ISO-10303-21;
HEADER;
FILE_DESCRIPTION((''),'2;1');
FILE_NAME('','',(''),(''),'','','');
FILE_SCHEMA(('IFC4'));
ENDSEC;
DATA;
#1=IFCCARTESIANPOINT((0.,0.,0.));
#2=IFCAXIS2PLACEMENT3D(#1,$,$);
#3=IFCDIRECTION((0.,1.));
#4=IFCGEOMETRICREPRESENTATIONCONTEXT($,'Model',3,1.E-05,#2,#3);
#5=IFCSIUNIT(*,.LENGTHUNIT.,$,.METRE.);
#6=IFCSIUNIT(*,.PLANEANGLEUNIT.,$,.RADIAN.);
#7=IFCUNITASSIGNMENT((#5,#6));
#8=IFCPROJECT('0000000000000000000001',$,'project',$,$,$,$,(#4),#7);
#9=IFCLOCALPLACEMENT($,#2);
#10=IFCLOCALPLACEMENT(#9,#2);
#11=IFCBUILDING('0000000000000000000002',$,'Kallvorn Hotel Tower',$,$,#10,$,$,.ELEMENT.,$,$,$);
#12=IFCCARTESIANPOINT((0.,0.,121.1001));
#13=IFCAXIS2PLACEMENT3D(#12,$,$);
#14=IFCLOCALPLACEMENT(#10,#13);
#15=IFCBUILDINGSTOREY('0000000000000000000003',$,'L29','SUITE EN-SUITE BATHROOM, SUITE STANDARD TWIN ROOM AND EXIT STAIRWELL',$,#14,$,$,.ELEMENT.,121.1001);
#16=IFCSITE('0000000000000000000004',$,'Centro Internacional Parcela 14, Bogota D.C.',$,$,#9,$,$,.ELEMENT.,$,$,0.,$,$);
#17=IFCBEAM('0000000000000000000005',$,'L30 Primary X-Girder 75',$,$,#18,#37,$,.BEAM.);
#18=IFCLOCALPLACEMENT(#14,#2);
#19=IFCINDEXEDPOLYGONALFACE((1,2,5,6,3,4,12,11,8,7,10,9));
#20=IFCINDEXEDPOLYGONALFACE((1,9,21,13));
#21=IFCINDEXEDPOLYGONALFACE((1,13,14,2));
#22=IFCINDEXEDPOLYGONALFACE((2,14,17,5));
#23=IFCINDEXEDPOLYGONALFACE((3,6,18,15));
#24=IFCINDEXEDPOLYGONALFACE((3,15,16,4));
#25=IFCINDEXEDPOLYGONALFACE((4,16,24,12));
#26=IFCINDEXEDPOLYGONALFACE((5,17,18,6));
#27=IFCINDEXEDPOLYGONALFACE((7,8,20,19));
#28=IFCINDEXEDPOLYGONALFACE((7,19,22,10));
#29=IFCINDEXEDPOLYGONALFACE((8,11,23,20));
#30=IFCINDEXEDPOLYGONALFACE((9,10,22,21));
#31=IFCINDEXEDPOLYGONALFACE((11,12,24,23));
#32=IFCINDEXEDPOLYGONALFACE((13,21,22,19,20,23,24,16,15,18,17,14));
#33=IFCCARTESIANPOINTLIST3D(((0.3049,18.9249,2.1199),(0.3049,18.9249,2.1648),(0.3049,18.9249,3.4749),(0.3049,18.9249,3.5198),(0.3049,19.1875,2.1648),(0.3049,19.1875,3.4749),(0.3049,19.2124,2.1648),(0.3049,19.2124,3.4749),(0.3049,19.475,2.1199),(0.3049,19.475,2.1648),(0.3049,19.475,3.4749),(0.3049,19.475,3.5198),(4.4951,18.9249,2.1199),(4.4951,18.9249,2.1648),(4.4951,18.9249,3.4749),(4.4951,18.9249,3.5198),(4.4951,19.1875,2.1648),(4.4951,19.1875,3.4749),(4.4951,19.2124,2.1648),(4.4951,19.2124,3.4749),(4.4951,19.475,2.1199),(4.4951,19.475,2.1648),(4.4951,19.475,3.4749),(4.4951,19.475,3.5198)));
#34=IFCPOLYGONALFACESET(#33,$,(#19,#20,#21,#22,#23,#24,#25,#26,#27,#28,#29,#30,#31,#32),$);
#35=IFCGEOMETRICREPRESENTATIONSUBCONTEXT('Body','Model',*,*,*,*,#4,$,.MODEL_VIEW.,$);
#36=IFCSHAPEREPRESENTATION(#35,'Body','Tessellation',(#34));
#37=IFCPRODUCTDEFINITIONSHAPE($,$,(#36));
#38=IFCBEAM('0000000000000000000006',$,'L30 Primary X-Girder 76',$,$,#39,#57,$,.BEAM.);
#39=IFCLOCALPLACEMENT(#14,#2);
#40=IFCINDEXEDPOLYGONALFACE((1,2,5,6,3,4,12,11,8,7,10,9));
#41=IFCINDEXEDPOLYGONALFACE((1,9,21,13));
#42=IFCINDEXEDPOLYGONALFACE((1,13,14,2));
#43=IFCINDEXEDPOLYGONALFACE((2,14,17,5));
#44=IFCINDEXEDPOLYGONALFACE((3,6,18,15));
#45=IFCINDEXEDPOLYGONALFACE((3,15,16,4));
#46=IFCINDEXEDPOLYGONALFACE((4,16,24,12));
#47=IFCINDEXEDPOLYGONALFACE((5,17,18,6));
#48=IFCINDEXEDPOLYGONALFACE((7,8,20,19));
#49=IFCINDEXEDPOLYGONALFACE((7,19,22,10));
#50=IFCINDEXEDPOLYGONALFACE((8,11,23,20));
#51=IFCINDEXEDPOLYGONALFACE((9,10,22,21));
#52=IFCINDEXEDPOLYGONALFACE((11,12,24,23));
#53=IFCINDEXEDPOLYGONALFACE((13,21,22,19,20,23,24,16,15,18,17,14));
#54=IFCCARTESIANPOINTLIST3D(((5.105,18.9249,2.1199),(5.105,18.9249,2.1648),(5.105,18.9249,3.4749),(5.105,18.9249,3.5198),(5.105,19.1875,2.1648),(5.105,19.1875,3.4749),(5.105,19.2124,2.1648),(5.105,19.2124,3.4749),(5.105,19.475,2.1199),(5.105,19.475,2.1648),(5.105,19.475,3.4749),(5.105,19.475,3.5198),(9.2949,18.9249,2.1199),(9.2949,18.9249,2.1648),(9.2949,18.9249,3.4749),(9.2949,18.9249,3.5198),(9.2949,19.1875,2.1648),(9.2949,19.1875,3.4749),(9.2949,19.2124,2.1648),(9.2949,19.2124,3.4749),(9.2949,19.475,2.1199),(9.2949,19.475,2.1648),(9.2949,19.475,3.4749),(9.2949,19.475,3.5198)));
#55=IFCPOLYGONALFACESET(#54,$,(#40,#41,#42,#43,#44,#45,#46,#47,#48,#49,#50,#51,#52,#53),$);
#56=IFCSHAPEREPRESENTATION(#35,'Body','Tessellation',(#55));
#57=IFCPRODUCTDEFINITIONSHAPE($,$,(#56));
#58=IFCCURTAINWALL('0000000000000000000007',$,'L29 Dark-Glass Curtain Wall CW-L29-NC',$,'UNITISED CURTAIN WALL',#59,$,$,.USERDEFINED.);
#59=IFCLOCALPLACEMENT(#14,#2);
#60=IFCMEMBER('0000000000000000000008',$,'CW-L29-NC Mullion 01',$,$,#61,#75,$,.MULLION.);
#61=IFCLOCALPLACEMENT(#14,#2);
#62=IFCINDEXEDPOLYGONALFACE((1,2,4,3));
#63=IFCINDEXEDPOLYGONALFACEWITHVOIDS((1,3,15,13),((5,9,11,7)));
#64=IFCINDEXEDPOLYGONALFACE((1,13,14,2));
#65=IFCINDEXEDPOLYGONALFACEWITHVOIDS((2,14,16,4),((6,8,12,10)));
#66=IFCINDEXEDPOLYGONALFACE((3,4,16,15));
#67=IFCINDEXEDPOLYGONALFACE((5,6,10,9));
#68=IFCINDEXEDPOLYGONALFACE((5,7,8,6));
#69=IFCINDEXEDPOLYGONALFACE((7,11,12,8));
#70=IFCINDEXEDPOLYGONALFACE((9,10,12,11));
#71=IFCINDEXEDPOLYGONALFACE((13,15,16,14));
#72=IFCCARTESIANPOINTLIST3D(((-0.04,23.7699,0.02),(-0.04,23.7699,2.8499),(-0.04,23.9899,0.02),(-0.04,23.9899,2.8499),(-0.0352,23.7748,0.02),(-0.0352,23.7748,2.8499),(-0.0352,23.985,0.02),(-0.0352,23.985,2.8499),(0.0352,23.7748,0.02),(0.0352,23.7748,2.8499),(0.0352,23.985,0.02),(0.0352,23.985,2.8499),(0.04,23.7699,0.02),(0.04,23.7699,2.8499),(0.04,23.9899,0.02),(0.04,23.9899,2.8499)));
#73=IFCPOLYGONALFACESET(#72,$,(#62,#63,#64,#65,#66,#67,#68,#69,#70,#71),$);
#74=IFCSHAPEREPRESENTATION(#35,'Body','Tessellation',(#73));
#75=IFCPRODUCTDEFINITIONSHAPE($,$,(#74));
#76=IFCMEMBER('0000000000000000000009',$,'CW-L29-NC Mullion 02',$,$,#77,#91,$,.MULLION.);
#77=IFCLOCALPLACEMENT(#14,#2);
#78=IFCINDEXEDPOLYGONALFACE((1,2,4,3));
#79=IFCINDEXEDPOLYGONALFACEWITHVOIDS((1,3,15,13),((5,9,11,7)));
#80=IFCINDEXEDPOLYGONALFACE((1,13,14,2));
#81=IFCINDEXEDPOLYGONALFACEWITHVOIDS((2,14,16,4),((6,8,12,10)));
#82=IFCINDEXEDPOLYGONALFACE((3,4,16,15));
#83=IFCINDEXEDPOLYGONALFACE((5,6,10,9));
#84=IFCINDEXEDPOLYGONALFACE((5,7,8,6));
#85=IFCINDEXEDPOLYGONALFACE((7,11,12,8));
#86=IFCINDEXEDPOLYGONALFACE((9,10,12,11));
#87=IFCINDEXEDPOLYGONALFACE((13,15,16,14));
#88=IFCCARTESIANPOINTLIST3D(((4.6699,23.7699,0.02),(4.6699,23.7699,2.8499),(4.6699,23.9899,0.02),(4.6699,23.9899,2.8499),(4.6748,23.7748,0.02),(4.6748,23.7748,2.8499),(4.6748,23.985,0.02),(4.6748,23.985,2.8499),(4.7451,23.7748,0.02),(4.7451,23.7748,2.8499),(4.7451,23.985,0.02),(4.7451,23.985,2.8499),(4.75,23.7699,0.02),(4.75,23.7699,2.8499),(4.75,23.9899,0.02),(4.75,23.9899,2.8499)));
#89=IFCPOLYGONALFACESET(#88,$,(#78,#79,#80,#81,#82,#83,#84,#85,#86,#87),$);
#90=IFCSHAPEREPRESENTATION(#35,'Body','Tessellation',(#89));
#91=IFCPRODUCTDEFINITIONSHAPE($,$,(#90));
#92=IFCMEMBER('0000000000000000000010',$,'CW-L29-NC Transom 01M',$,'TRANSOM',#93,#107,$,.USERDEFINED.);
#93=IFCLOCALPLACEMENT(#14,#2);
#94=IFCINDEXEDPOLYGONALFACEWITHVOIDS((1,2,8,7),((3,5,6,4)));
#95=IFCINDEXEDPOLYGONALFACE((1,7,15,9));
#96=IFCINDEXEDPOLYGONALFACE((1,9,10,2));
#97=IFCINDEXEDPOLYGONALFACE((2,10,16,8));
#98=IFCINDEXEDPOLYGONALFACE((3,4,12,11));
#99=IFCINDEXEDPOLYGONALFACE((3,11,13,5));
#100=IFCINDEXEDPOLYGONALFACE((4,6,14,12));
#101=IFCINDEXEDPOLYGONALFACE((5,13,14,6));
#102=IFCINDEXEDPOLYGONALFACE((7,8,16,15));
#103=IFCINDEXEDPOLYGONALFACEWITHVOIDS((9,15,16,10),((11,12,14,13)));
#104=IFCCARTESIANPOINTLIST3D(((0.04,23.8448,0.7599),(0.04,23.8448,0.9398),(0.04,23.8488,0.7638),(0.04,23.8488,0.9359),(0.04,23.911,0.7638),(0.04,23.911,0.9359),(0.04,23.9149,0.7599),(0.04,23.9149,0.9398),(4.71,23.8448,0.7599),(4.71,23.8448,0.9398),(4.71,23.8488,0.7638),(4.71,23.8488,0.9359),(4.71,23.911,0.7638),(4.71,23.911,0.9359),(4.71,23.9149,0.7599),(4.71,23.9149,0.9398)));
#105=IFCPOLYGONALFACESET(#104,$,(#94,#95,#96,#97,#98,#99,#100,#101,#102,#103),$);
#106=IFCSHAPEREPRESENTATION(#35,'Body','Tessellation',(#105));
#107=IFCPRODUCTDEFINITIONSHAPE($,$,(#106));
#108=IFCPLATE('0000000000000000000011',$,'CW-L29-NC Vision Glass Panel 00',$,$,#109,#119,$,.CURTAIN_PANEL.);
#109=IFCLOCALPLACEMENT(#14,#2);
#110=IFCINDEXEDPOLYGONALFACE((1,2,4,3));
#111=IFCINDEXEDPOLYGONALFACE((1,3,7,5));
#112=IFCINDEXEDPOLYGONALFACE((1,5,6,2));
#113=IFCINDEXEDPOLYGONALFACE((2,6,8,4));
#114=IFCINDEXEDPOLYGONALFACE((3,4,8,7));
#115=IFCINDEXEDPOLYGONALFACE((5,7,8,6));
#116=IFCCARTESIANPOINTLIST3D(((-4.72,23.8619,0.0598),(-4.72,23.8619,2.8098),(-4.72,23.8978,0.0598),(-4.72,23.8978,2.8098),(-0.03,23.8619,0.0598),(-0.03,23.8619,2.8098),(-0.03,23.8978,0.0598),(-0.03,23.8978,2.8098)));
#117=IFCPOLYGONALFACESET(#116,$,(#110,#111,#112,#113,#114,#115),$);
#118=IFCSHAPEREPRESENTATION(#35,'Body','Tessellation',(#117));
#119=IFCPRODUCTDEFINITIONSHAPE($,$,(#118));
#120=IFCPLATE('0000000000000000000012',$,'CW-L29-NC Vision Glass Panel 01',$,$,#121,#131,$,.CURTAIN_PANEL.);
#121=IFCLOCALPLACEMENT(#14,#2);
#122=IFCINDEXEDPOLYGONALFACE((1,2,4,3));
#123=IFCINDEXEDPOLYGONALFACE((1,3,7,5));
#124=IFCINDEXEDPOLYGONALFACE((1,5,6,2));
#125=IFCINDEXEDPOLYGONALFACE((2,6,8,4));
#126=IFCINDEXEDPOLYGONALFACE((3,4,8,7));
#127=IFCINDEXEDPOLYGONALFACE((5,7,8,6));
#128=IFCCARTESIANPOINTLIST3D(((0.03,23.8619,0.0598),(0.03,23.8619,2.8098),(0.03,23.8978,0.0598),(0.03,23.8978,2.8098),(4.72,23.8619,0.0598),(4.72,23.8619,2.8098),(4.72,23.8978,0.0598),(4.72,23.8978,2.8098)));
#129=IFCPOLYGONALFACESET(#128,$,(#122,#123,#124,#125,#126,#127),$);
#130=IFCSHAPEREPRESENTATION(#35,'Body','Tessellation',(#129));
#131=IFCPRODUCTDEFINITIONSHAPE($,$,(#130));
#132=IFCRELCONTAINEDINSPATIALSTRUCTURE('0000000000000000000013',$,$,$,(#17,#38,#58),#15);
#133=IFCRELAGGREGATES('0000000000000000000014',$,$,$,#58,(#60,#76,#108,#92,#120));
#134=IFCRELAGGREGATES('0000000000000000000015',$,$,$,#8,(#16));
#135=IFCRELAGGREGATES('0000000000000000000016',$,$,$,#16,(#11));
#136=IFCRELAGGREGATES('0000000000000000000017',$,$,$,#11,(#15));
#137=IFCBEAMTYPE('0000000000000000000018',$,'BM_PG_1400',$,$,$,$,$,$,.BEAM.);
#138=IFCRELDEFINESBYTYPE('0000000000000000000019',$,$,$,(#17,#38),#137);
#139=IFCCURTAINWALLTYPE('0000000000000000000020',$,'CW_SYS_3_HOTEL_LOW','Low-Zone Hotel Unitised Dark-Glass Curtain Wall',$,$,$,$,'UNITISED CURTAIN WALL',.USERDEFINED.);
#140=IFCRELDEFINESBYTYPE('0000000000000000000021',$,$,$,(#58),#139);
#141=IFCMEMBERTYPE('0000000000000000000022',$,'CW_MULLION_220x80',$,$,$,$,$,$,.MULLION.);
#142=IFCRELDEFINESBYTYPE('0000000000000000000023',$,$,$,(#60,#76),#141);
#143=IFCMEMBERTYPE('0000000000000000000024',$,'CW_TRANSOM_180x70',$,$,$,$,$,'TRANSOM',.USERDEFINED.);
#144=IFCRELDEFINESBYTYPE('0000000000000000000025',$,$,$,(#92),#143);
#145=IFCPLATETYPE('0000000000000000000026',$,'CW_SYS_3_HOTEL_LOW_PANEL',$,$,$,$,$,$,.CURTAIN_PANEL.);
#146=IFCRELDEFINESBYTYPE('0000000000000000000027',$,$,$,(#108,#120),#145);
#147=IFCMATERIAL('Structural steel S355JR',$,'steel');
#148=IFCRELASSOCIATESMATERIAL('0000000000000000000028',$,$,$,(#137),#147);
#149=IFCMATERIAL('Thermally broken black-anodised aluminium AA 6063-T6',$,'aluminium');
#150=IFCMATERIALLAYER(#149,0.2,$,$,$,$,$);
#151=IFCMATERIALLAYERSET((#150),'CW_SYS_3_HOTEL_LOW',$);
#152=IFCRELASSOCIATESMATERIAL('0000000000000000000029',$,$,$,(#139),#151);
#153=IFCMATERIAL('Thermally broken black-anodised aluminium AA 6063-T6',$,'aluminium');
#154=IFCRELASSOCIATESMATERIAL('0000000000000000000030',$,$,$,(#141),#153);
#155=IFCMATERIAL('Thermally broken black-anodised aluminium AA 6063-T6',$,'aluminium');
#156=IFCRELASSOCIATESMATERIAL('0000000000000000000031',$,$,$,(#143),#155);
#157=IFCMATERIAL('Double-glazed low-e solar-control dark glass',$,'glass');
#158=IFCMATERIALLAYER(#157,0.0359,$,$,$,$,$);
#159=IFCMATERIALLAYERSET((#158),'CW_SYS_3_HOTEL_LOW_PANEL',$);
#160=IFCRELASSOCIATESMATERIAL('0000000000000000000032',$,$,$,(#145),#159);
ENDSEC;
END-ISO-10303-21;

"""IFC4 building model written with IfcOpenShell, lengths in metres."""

from ifc_helpers import new_model, si_unit, direction, frame, origin, origin_2d, place, context, subcontext, project, spatial, rectangle, hollow_rectangle, i_section, extrude, material, layer, layer_set, material_profile, profile_set, type_object, element, aggregate, save


model = new_model("IFC4")

# Units and contexts
model_context = context("Model", 3, precision=1e-05, world=origin(), true_north=direction((0.0, 1.0)))
body_context = subcontext(model_context, "Body", "Model", "MODEL_VIEW")
ifc_project = project(units=[si_unit("LENGTHUNIT", "METRE"), si_unit("PLANEANGLEUNIT", "RADIAN")], contexts=[model_context])

# Site, building, storey
site_placement = place(None, origin())
site = spatial("IfcSite", under=ifc_project, at=site_placement, Name="Centro Internacional Parcela 14, Bogota D.C.", CompositionType="ELEMENT", RefElevation=0.0)
building_placement = place(site_placement, origin())
building = spatial("IfcBuilding", under=site, at=building_placement, Name="Kallvorn Hotel Tower", CompositionType="ELEMENT")
storey_placement = place(building_placement, frame((0.0, 0.0, 121.1001)))
storey = spatial("IfcBuildingStorey", under=building, at=storey_placement, Name="L29", Description="SUITE EN-SUITE BATHROOM, SUITE STANDARD TWIN ROOM AND EXIT STAIRWELL", CompositionType="ELEMENT", Elevation=121.1001)

# Beams
ifc_material_1 = material(Name="Structural steel S355JR", Category="steel")
ifc_material_profile_1 = material_profile(ifc_material_1, i_section(OverallWidth=0.55, OverallDepth=1.3999, WebThickness=0.0249, FlangeThickness=0.0449, at=origin_2d()), Name="PG 1400x550x25x45")
ifc_profile_set_1 = profile_set([ifc_material_profile_1], Name="Structural steel S355JR")
beam_type_1 = type_object("IfcBeamType", Name="BM_PG_1400", PredefinedType="BEAM", material=ifc_profile_set_1)
beam_1_placement = place(storey_placement, frame((0.3049, 19.2, 2.8198), z_axis=(1.0, 0.0, 0.0), x_axis=(0.0, 1.0, 0.0)))
element("IfcBeam", 1, at=beam_1_placement, inside=storey, type_object=beam_type_1, Name="L30 Primary X-Girder 75", PredefinedType="BEAM", context=body_context, shape_type="SweptSolid", body=[
    extrude(i_section(OverallWidth=0.55, OverallDepth=1.3999, WebThickness=0.0249, FlangeThickness=0.0449, at=origin_2d()), origin(), (0.0, 0.0, 1.0), 4.1902),
])
beam_2_placement = place(storey_placement, frame((5.105, 19.2, 2.8198), z_axis=(1.0, 0.0, 0.0), x_axis=(0.0, 1.0, 0.0)))
element("IfcBeam", 2, at=beam_2_placement, inside=storey, type_object=beam_type_1, Name="L30 Primary X-Girder 76", PredefinedType="BEAM", context=body_context, shape_type="SweptSolid", body=[
    extrude(i_section(OverallWidth=0.55, OverallDepth=1.3999, WebThickness=0.0249, FlangeThickness=0.0449, at=origin_2d()), origin(), (0.0, 0.0, 1.0), 4.1899),
])

# Curtain wall, members, plates
ifc_material_2 = material(Name="Thermally broken black-anodised aluminium AA 6063-T6", Category="aluminium")
ifc_layer_1 = layer(ifc_material_2, 0.2)
ifc_layer_set_1 = layer_set([ifc_layer_1], Name="CW_SYS_3_HOTEL_LOW")
curtain_wall_type = type_object("IfcCurtainWallType", Name="CW_SYS_3_HOTEL_LOW", Description="Low-Zone Hotel Unitised Dark-Glass Curtain Wall", ElementType="UNITISED CURTAIN WALL", PredefinedType="USERDEFINED", material=ifc_layer_set_1)
curtain_wall_placement = place(storey_placement, origin())
curtain_wall = element("IfcCurtainWall", 3, at=curtain_wall_placement, inside=storey, type_object=curtain_wall_type, Name="L29 Dark-Glass Curtain Wall CW-L29-NC", ObjectType="UNITISED CURTAIN WALL", PredefinedType="USERDEFINED")
ifc_material_3 = material(Name="Thermally broken black-anodised aluminium AA 6063-T6", Category="aluminium")
ifc_material_profile_2 = material_profile(ifc_material_3, hollow_rectangle(XDim=0.0801, YDim=0.22, WallThickness=0.0049, at=origin_2d()), Name="MUL 220x80")
ifc_profile_set_2 = profile_set([ifc_material_profile_2], Name="Thermally broken black-anodised aluminium AA 6063-T6")
member_type_1 = type_object("IfcMemberType", Name="CW_MULLION_220x80", PredefinedType="MULLION", material=ifc_profile_set_2)
member_1_placement = place(storey_placement, frame((0.0, 23.8799, 0.02), z_axis=(0.0, 0.0, 1.0), x_axis=(1.0, 0.0, 0.0)))
member_1 = element("IfcMember", 4, at=member_1_placement, type_object=member_type_1, Name="CW-L29-NC Mullion 01", PredefinedType="MULLION", context=body_context, shape_type="SweptSolid", body=[
    extrude(hollow_rectangle(XDim=0.0801, YDim=0.22, WallThickness=0.0049, at=origin_2d()), origin(), (0.0, 0.0, 1.0), 2.8298),
])
member_2_placement = place(storey_placement, frame((4.71, 23.8799, 0.02), z_axis=(0.0, 0.0, 1.0), x_axis=(1.0, 0.0, 0.0)))
member_2 = element("IfcMember", 5, at=member_2_placement, type_object=member_type_1, Name="CW-L29-NC Mullion 02", PredefinedType="MULLION", context=body_context, shape_type="SweptSolid", body=[
    extrude(hollow_rectangle(XDim=0.0801, YDim=0.22, WallThickness=0.0049, at=origin_2d()), origin(), (0.0, 0.0, 1.0), 2.8298),
])
ifc_material_4 = material(Name="Thermally broken black-anodised aluminium AA 6063-T6", Category="aluminium")
ifc_material_profile_3 = material_profile(ifc_material_4, hollow_rectangle(XDim=0.0701, YDim=0.1799, WallThickness=0.0039, at=origin_2d()), Name="TRN 180x70")
ifc_profile_set_3 = profile_set([ifc_material_profile_3], Name="Thermally broken black-anodised aluminium AA 6063-T6")
member_type_2 = type_object("IfcMemberType", Name="CW_TRANSOM_180x70", ElementType="TRANSOM", PredefinedType="USERDEFINED", material=ifc_profile_set_3)
member_3_placement = place(storey_placement, frame((0.04, 23.8799, 0.8499), z_axis=(1.0, 0.0, 0.0), x_axis=(0.0, 1.0, 0.0)))
member_3 = element("IfcMember", 6, at=member_3_placement, type_object=member_type_2, Name="CW-L29-NC Transom 01M", ObjectType="TRANSOM", PredefinedType="USERDEFINED", context=body_context, shape_type="SweptSolid", body=[
    extrude(hollow_rectangle(XDim=0.0701, YDim=0.1799, WallThickness=0.0039, at=origin_2d()), origin(), (0.0, 0.0, 1.0), 4.6699),
])
ifc_material_5 = material(Name="Double-glazed low-e solar-control dark glass", Category="glass")
ifc_layer_2 = layer(ifc_material_5, 0.0359)
ifc_layer_set_2 = layer_set([ifc_layer_2], Name="CW_SYS_3_HOTEL_LOW_PANEL")
plate_type = type_object("IfcPlateType", Name="CW_SYS_3_HOTEL_LOW_PANEL", PredefinedType="CURTAIN_PANEL", material=ifc_layer_set_2)
plate_1_placement = place(storey_placement, frame((-2.375, 23.8799, 0.0598), z_axis=(0.0, 0.0, 1.0), x_axis=(1.0, 0.0, 0.0)))
plate_1 = element("IfcPlate", 7, at=plate_1_placement, type_object=plate_type, Name="CW-L29-NC Vision Glass Panel 00", PredefinedType="CURTAIN_PANEL", context=body_context, shape_type="SweptSolid", body=[
    extrude(rectangle(XDim=4.6899, YDim=0.0359, at=origin_2d()), origin(), (0.0, 0.0, 1.0), 2.75),
])
plate_2_placement = place(storey_placement, frame((2.375, 23.8799, 0.0598), z_axis=(0.0, 0.0, 1.0), x_axis=(1.0, 0.0, 0.0)))
plate_2 = element("IfcPlate", 8, at=plate_2_placement, type_object=plate_type, Name="CW-L29-NC Vision Glass Panel 01", PredefinedType="CURTAIN_PANEL", context=body_context, shape_type="SweptSolid", body=[
    extrude(rectangle(XDim=4.6899, YDim=0.0359, at=origin_2d()), origin(), (0.0, 0.0, 1.0), 2.75),
])
aggregate(curtain_wall, [member_1, member_2, plate_1, member_3, plate_2])

save(model, "model.ifc")
